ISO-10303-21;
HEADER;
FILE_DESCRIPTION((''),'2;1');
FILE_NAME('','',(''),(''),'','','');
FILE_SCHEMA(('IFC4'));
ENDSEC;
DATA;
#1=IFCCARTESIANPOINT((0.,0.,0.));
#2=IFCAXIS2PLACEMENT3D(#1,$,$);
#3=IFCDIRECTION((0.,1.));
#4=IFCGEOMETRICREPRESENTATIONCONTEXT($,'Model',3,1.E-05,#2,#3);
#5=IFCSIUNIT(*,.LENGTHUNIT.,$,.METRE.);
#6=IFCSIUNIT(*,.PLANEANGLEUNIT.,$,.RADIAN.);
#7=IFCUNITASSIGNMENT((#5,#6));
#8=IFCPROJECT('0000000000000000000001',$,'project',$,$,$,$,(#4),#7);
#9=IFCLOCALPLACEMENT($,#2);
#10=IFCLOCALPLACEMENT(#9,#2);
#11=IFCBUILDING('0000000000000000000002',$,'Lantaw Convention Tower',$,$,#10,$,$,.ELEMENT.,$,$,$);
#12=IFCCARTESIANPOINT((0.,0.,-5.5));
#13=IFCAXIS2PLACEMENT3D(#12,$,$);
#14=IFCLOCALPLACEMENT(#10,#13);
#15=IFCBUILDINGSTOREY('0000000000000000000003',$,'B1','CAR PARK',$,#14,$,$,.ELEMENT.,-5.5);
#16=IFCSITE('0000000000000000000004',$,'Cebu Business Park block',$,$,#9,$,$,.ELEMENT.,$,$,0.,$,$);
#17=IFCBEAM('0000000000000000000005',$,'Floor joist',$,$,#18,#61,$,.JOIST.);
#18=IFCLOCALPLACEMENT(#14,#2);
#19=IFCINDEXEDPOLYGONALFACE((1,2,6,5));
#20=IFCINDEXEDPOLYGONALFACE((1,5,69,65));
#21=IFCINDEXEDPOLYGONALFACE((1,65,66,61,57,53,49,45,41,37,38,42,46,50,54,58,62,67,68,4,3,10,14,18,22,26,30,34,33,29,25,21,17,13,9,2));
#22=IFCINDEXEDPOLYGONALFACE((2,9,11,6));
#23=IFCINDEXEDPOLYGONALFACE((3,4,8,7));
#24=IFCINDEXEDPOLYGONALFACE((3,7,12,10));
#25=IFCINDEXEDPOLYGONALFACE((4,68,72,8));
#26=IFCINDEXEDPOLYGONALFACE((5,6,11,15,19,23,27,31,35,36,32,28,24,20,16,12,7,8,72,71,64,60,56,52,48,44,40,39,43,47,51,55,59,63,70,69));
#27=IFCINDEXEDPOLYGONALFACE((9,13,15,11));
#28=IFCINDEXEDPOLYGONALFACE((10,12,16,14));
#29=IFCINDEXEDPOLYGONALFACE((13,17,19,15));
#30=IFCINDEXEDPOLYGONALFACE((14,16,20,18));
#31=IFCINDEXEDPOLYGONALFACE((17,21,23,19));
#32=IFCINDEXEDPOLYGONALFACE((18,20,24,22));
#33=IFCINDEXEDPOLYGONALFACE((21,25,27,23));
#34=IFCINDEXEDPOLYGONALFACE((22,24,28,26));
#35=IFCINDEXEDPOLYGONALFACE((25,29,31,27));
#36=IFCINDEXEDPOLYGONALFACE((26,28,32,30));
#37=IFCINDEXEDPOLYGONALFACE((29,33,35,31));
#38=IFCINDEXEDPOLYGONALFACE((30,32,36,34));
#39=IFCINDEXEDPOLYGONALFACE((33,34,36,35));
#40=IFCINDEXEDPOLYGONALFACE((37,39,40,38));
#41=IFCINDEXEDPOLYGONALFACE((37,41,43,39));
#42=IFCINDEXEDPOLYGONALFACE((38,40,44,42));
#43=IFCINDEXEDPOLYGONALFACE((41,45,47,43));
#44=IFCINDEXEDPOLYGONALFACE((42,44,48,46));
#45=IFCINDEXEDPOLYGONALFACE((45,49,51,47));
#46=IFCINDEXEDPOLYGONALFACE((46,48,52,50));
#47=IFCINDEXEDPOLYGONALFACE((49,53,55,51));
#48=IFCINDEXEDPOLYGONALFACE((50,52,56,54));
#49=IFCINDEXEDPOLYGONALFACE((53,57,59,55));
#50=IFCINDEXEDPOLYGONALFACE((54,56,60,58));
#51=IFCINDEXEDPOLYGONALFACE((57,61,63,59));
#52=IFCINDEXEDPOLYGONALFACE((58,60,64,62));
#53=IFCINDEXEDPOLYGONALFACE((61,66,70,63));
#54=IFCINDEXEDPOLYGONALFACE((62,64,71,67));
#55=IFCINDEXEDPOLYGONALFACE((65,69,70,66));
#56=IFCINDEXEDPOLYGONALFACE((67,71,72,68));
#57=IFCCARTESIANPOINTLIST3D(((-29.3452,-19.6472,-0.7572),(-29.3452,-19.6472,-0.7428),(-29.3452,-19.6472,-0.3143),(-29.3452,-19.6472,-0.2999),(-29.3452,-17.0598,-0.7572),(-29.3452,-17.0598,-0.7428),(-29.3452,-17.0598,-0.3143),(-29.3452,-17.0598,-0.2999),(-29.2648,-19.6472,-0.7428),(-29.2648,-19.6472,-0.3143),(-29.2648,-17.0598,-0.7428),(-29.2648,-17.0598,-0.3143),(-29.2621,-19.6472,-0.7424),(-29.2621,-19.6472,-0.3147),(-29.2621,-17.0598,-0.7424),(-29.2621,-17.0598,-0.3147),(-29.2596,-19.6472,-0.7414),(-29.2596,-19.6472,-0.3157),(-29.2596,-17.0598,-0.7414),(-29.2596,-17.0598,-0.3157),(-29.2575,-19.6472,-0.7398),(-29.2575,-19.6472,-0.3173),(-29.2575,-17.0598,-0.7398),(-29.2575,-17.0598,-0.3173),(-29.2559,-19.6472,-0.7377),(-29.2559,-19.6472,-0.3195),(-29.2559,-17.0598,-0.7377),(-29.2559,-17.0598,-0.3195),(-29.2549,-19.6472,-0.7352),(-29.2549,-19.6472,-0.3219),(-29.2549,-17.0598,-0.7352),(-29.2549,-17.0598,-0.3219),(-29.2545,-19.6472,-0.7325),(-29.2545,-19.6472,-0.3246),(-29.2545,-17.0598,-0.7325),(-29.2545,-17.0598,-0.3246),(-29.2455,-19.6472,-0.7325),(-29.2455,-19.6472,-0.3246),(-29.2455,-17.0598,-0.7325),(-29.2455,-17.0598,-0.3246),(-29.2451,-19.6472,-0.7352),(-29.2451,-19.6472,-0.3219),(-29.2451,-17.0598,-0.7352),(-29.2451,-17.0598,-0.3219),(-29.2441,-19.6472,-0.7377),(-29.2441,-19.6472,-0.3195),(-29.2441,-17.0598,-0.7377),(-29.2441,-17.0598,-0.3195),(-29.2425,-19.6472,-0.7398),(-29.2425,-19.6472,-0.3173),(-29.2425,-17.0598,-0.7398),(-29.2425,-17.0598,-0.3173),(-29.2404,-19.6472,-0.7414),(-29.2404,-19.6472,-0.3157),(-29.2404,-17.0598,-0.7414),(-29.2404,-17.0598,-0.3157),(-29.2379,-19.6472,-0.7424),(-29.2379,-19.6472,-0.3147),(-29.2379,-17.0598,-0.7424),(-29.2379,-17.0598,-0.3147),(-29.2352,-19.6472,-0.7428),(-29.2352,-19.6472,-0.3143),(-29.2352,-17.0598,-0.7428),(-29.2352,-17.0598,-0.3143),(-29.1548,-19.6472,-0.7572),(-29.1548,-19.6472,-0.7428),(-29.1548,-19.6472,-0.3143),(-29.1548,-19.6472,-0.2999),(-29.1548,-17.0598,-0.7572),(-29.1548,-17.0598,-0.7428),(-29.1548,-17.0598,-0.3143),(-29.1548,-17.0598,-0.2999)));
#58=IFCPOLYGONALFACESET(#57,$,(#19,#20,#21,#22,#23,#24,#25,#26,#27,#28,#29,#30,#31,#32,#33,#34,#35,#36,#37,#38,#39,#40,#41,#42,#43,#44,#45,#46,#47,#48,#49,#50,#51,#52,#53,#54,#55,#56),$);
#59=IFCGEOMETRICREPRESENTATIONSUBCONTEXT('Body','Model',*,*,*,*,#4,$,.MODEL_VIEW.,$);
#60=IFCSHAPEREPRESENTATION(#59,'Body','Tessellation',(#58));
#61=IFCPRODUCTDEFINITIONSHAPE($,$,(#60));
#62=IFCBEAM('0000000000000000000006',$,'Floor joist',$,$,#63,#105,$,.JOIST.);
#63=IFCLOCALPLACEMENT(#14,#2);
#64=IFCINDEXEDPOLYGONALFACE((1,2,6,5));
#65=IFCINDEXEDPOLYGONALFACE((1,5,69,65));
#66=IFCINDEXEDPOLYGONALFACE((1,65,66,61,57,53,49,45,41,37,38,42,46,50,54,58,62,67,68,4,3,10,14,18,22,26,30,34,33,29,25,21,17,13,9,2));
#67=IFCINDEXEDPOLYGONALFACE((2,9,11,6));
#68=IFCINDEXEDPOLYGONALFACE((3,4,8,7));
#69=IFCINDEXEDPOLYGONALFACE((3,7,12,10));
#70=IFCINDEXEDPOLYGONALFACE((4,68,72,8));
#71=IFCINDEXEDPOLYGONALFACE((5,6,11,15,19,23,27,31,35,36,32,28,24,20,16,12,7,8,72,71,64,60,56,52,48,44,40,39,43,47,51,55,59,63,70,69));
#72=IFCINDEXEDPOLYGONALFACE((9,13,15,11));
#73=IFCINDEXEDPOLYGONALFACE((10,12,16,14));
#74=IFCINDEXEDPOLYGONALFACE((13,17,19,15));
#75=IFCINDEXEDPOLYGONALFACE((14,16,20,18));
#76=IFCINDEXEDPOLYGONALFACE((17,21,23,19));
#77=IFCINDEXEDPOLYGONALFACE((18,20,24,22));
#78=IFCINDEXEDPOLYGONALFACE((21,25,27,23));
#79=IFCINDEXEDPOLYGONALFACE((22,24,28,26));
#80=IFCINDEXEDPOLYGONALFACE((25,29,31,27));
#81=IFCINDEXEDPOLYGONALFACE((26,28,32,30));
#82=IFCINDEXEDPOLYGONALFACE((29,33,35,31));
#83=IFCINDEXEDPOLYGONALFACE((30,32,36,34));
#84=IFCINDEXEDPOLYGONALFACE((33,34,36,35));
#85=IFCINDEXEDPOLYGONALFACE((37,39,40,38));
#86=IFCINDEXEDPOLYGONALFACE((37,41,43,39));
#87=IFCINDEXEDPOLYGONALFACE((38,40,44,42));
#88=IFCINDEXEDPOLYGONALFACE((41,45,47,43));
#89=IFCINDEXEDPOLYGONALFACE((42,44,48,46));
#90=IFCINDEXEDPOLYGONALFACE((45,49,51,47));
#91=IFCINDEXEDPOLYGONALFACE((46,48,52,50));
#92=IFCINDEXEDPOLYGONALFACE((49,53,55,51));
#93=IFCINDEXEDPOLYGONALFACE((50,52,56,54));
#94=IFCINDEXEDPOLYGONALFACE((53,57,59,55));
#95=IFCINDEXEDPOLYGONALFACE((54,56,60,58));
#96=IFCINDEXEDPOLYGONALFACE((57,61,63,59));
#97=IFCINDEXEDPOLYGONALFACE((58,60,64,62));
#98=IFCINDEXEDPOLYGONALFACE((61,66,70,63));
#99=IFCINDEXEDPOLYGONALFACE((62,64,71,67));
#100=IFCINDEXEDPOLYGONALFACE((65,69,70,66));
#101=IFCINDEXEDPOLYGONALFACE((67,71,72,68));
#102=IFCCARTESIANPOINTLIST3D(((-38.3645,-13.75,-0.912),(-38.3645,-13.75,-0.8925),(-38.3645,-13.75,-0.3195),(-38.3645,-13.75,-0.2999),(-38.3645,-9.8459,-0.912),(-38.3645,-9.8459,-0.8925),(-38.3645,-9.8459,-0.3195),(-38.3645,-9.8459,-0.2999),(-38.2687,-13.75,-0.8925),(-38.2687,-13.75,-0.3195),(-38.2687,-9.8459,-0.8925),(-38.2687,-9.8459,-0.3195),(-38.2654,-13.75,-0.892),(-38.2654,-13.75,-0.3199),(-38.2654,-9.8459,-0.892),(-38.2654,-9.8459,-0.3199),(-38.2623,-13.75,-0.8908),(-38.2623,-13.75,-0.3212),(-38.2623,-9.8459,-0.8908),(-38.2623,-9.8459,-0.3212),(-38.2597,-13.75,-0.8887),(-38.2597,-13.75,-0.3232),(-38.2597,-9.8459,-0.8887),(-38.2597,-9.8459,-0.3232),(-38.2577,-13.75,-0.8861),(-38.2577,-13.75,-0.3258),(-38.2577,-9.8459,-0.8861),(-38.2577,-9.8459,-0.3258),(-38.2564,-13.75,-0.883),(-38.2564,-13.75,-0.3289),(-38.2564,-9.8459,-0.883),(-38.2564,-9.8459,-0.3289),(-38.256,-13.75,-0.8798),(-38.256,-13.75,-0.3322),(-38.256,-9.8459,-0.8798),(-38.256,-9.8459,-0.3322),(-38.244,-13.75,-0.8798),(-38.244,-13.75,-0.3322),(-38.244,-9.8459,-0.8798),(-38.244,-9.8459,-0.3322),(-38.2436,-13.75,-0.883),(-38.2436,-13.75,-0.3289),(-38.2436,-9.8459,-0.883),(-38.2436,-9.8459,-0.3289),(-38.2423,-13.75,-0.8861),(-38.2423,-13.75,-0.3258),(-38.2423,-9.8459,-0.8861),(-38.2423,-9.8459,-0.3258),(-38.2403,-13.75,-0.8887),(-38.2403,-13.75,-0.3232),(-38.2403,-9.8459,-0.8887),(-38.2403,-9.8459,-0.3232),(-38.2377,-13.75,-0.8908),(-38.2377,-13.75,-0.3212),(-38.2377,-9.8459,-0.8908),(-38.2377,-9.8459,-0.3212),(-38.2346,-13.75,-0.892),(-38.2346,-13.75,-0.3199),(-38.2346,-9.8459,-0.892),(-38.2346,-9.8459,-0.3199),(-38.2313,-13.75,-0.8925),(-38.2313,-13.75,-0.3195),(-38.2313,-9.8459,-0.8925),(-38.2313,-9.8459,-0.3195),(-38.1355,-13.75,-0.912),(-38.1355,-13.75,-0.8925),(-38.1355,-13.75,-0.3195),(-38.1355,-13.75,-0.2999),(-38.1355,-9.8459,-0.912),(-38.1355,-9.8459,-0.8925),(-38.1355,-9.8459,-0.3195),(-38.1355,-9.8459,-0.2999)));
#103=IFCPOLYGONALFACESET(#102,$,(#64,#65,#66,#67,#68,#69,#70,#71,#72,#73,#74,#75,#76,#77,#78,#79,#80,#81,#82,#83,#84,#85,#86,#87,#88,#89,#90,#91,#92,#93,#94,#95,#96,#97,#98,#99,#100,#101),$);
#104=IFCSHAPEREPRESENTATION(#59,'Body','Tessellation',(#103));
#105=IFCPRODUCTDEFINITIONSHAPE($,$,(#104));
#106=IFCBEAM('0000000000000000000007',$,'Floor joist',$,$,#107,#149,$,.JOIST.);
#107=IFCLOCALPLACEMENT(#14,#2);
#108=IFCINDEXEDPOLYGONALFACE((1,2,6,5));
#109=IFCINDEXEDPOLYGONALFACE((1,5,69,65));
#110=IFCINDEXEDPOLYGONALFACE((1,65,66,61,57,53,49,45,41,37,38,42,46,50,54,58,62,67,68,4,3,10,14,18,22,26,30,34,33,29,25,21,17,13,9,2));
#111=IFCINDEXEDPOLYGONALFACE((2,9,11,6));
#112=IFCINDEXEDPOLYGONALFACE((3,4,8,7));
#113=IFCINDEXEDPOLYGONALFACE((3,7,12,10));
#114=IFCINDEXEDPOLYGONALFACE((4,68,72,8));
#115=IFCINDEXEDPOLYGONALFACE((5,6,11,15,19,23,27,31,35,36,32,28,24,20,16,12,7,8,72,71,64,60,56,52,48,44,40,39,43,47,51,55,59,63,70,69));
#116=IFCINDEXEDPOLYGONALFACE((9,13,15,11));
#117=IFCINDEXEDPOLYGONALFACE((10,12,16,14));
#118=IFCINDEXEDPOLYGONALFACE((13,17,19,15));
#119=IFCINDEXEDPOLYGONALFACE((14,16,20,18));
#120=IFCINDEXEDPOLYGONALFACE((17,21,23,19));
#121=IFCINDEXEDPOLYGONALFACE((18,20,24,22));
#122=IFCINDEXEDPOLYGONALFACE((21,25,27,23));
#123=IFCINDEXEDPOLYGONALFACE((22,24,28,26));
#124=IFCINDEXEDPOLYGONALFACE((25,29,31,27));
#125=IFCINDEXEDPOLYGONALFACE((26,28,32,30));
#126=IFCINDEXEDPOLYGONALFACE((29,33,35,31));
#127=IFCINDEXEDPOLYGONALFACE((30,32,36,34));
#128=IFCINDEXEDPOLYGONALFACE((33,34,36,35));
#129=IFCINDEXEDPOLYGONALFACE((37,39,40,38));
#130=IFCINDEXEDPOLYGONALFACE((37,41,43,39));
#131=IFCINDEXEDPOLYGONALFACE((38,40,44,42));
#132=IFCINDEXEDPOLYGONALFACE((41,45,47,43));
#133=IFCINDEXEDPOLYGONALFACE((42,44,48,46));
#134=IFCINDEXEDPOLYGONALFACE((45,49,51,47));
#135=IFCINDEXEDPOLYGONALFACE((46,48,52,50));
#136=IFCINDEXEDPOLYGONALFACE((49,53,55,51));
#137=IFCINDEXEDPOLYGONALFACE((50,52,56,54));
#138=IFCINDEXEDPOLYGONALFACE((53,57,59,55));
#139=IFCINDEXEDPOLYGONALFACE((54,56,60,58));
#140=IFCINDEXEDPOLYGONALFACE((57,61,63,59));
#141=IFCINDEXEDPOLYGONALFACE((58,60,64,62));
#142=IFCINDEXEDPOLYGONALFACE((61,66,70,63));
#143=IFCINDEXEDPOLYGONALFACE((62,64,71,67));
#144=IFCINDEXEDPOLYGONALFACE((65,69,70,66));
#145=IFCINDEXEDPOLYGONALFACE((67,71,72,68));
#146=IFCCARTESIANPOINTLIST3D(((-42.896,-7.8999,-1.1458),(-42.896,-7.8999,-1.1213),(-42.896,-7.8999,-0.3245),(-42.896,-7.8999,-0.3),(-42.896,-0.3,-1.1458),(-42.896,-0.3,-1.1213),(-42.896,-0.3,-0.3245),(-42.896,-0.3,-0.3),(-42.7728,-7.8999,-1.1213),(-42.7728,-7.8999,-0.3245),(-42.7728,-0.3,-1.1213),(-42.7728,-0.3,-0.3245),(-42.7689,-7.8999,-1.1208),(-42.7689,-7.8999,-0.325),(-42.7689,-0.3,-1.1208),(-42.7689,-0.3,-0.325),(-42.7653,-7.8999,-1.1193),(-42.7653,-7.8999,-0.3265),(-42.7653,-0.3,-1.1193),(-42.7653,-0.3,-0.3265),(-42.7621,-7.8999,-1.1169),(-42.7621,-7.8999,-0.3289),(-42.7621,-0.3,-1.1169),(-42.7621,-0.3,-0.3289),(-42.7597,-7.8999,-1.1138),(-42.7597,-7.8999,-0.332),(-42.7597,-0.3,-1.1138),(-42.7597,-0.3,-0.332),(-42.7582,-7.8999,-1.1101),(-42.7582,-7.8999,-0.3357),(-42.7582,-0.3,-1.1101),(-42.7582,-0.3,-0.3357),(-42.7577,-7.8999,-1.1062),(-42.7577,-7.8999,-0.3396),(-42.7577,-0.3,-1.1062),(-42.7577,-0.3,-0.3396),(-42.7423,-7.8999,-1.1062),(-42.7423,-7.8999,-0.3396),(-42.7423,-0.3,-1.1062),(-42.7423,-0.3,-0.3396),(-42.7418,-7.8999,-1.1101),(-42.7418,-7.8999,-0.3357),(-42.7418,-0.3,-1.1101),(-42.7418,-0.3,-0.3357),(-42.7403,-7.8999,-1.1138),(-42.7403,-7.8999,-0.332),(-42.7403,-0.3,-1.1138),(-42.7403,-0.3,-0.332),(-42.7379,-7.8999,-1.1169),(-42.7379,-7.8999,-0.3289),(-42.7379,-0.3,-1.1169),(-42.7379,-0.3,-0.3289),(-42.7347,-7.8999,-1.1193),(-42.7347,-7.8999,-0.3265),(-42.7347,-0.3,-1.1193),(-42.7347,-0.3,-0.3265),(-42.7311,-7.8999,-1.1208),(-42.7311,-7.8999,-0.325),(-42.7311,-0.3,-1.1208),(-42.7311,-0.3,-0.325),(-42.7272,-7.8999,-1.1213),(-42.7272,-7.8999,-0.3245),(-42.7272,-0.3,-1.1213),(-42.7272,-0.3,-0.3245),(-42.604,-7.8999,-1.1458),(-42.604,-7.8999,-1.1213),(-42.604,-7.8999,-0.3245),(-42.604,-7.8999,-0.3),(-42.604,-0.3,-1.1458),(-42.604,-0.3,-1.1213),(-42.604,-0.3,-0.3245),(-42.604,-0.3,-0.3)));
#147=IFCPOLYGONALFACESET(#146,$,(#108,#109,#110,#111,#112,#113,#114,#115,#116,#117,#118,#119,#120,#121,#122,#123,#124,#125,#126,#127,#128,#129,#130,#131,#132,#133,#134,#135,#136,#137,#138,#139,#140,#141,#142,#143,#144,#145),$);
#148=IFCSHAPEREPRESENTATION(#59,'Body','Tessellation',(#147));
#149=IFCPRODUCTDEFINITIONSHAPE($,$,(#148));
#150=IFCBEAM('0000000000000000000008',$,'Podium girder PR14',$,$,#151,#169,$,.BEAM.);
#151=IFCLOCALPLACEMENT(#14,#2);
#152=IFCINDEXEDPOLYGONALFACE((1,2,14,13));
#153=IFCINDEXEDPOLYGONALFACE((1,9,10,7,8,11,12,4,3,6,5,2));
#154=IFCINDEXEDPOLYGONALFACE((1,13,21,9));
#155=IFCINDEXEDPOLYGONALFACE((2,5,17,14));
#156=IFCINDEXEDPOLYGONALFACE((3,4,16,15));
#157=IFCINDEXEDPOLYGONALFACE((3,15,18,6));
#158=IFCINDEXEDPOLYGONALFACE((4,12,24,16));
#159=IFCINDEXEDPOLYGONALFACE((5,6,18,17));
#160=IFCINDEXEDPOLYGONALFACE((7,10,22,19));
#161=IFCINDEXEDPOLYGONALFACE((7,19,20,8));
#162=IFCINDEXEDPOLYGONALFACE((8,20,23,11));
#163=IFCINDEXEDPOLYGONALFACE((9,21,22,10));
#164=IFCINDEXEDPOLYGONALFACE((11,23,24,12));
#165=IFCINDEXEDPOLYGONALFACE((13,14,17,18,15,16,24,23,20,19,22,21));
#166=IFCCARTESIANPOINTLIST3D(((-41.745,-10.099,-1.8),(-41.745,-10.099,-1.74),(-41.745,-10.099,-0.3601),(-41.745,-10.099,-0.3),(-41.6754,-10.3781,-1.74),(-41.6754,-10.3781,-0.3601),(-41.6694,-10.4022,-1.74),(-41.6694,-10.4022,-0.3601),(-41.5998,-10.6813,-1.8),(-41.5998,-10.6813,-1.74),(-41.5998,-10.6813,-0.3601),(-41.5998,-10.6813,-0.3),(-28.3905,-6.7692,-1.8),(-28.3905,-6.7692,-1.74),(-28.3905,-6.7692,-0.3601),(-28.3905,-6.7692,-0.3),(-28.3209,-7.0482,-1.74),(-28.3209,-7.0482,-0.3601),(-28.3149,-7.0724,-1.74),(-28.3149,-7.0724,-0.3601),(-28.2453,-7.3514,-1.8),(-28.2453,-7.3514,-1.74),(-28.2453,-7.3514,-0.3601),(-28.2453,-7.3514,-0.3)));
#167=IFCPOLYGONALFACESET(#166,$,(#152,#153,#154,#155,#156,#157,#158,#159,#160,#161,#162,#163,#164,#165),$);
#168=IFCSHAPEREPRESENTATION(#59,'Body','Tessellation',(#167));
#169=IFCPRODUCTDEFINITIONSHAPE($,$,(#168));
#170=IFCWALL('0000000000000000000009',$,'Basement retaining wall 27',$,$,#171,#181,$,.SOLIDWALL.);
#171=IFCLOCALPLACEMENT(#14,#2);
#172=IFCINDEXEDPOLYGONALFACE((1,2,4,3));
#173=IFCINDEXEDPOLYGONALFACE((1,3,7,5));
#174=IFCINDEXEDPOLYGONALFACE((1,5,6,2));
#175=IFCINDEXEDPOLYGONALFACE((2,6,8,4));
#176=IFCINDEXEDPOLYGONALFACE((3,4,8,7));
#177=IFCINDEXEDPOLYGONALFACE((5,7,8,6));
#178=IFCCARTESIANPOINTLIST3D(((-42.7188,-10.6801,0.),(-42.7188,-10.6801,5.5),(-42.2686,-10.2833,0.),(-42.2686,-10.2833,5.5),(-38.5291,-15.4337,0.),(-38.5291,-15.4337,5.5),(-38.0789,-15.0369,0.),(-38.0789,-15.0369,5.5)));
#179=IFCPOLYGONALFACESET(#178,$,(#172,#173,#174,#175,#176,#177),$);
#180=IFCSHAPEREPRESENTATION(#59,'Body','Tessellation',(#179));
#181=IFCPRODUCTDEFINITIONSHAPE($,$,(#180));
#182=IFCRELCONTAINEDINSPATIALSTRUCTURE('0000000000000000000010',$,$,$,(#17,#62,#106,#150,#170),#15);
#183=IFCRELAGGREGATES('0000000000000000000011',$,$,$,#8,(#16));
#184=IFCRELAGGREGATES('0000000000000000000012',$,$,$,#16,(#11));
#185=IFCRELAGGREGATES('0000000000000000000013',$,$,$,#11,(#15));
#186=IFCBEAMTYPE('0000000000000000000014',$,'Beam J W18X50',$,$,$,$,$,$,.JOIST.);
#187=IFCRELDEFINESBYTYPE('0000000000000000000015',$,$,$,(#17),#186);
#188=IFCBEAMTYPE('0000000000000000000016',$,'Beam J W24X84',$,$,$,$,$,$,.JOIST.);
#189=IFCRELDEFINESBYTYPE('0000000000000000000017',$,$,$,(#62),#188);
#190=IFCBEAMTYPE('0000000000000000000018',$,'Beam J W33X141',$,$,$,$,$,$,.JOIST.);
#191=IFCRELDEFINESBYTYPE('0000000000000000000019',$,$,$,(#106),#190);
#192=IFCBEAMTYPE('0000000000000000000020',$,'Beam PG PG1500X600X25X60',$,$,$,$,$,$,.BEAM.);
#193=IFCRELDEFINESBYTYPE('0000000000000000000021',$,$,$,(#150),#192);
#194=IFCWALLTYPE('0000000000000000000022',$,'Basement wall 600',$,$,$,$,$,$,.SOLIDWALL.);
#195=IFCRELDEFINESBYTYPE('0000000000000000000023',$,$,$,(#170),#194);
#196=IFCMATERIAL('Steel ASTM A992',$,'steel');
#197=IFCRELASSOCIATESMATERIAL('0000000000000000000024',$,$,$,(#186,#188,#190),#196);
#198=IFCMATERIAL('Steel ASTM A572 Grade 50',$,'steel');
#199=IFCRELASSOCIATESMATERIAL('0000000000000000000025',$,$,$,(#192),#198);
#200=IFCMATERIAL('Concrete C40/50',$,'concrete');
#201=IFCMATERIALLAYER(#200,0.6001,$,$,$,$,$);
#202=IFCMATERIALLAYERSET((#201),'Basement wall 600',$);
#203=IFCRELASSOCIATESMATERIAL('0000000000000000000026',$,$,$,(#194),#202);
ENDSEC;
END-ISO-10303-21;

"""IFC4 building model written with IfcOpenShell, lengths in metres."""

from ifc_helpers import new_model, si_unit, direction, frame, frame_2d, origin, origin_2d, place, context, subcontext, project, spatial, rectangle, i_section, extrude, material, layer, layer_set, material_profile, profile_set, type_object, element, save


model = new_model("IFC4")

# Units and contexts
model_context = context("Model", 3, precision=1e-05, world=origin(), true_north=direction((0.0, 1.0)))
body_context = subcontext(model_context, "Body", "Model", "MODEL_VIEW")
ifc_project = project(units=[si_unit("LENGTHUNIT", "METRE"), si_unit("PLANEANGLEUNIT", "RADIAN")], contexts=[model_context])

# Site, building, storey
site_placement = place(None, origin())
site = spatial("IfcSite", under=ifc_project, at=site_placement, Name="Cebu Business Park block", CompositionType="ELEMENT", RefElevation=0.0)
building_placement = place(site_placement, origin())
building = spatial("IfcBuilding", under=site, at=building_placement, Name="Lantaw Convention Tower", CompositionType="ELEMENT")
storey_placement = place(building_placement, frame((0.0, 0.0, -5.5)))
storey = spatial("IfcBuildingStorey", under=building, at=storey_placement, Name="B1", Description="CAR PARK", CompositionType="ELEMENT", Elevation=-5.5)

# Shared definitions
ifc_material_1 = material(Name="Steel ASTM A572 Grade 50", Category="steel")

# Beams
ifc_material_2 = material(Name="Steel ASTM A992", Category="steel")
ifc_material_profile_1 = material_profile(ifc_material_2, i_section(OverallWidth=0.1904, OverallDepth=0.4573, WebThickness=0.009, FlangeThickness=0.0144, FilletRadius=0.0103, at=origin_2d()), Name="W18X50")
ifc_profile_set_1 = profile_set([ifc_material_profile_1], Name="Steel ASTM A992")
beam_type_1 = type_object("IfcBeamType", Name="Beam J W18X50", PredefinedType="JOIST", material=ifc_profile_set_1)
beam_1_placement = place(storey_placement, frame((-29.25, -19.6472, -0.5286), z_axis=(0.0, 1.0, 0.0), x_axis=(-1.0, 0.0, 0.0)))
element("IfcBeam", 1, at=beam_1_placement, inside=storey, type_object=beam_type_1, Name="Floor joist", PredefinedType="JOIST", context=body_context, shape_type="SweptSolid", body=[
    extrude(i_section(OverallWidth=0.1904, OverallDepth=0.4573, WebThickness=0.009, FlangeThickness=0.0144, FilletRadius=0.0103, at=origin_2d()), origin(), (0.0, 0.0, 1.0), 2.5874),
])
ifc_material_profile_2 = material_profile(ifc_material_2, i_section(OverallWidth=0.229, OverallDepth=0.6121, WebThickness=0.012, FlangeThickness=0.0195, FilletRadius=0.0127, at=origin_2d()), Name="W24X84")
ifc_profile_set_2 = profile_set([ifc_material_profile_2], Name="Steel ASTM A992")
beam_type_2 = type_object("IfcBeamType", Name="Beam J W24X84", PredefinedType="JOIST", material=ifc_profile_set_2)
beam_2_placement = place(storey_placement, frame((-38.25, -13.75, -0.606), z_axis=(0.0, 1.0, 0.0), x_axis=(-1.0, 0.0, 0.0)))
element("IfcBeam", 2, at=beam_2_placement, inside=storey, type_object=beam_type_2, Name="Floor joist", PredefinedType="JOIST", context=body_context, shape_type="SweptSolid", body=[
    extrude(i_section(OverallWidth=0.229, OverallDepth=0.6121, WebThickness=0.012, FlangeThickness=0.0195, FilletRadius=0.0127, at=origin_2d()), origin(), (0.0, 0.0, 1.0), 3.9041),
])
ifc_material_profile_3 = material_profile(ifc_material_2, i_section(OverallWidth=0.292, OverallDepth=0.8457, WebThickness=0.0154, FlangeThickness=0.0244, FilletRadius=0.0151, at=origin_2d()), Name="W33X141")
ifc_profile_set_3 = profile_set([ifc_material_profile_3], Name="Steel ASTM A992")
beam_type_3 = type_object("IfcBeamType", Name="Beam J W33X141", PredefinedType="JOIST", material=ifc_profile_set_3)
beam_3_placement = place(storey_placement, frame((-42.75, -7.8999, -0.7229), z_axis=(0.0, 1.0, 0.0), x_axis=(-1.0, 0.0, 0.0)))
element("IfcBeam", 3, at=beam_3_placement, inside=storey, type_object=beam_type_3, Name="Floor joist", PredefinedType="JOIST", context=body_context, shape_type="SweptSolid", body=[
    extrude(i_section(OverallWidth=0.292, OverallDepth=0.8457, WebThickness=0.0154, FlangeThickness=0.0244, FilletRadius=0.0151, at=origin_2d()), origin(), (0.0, 0.0, 1.0), 7.5999),
])
ifc_material_profile_4 = material_profile(ifc_material_1, i_section(OverallWidth=0.6001, OverallDepth=1.5, WebThickness=0.0249, FlangeThickness=0.0601, at=origin_2d()), Name="PG1500X600X25X60")
ifc_profile_set_4 = profile_set([ifc_material_profile_4], Name="Steel ASTM A572 Grade 50")
beam_type_4 = type_object("IfcBeamType", Name="Beam PG PG1500X600X25X60", PredefinedType="BEAM", material=ifc_profile_set_4)
beam_4_placement = place(storey_placement, frame((-28.3179, -7.0603, -1.05), z_axis=(-0.970293, -0.241935, 0.0), x_axis=(0.241935, -0.970293, 0.0)))
element("IfcBeam", 4, at=beam_4_placement, inside=storey, type_object=beam_type_4, Name="Podium girder PR14", PredefinedType="BEAM", context=body_context, shape_type="SweptSolid", body=[
    extrude(i_section(OverallWidth=0.6001, OverallDepth=1.5, WebThickness=0.0249, FlangeThickness=0.0601, at=origin_2d()), origin(), (0.0, 0.0, 1.0), 13.7634),
])

# Wall
ifc_material_3 = material(Name="Concrete C40/50", Category="concrete")
ifc_layer_1 = layer(ifc_material_3, 0.6001)
ifc_layer_set_1 = layer_set([ifc_layer_1], Name="Basement wall 600")
wall_type_1 = type_object("IfcWallType", Name="Basement wall 600", PredefinedType="SOLIDWALL", material=ifc_layer_set_1)
wall_1_placement = place(storey_placement, frame((-42.4937, -10.4817, 0.0), z_axis=(0.0, 0.0, 1.0), x_axis=(0.661204, -0.750207, 0.0)))
element("IfcWall", 5, at=wall_1_placement, inside=storey, type_object=wall_type_1, Name="Basement retaining wall 27", PredefinedType="SOLIDWALL", context=body_context, shape_type="SweptSolid", body=[
    extrude(rectangle(XDim=6.3364, YDim=0.6001, at=frame_2d((3.1682, 0.0))), origin(), (0.0, 0.0, 1.0), 5.5),
])

save(model, "model.ifc")
